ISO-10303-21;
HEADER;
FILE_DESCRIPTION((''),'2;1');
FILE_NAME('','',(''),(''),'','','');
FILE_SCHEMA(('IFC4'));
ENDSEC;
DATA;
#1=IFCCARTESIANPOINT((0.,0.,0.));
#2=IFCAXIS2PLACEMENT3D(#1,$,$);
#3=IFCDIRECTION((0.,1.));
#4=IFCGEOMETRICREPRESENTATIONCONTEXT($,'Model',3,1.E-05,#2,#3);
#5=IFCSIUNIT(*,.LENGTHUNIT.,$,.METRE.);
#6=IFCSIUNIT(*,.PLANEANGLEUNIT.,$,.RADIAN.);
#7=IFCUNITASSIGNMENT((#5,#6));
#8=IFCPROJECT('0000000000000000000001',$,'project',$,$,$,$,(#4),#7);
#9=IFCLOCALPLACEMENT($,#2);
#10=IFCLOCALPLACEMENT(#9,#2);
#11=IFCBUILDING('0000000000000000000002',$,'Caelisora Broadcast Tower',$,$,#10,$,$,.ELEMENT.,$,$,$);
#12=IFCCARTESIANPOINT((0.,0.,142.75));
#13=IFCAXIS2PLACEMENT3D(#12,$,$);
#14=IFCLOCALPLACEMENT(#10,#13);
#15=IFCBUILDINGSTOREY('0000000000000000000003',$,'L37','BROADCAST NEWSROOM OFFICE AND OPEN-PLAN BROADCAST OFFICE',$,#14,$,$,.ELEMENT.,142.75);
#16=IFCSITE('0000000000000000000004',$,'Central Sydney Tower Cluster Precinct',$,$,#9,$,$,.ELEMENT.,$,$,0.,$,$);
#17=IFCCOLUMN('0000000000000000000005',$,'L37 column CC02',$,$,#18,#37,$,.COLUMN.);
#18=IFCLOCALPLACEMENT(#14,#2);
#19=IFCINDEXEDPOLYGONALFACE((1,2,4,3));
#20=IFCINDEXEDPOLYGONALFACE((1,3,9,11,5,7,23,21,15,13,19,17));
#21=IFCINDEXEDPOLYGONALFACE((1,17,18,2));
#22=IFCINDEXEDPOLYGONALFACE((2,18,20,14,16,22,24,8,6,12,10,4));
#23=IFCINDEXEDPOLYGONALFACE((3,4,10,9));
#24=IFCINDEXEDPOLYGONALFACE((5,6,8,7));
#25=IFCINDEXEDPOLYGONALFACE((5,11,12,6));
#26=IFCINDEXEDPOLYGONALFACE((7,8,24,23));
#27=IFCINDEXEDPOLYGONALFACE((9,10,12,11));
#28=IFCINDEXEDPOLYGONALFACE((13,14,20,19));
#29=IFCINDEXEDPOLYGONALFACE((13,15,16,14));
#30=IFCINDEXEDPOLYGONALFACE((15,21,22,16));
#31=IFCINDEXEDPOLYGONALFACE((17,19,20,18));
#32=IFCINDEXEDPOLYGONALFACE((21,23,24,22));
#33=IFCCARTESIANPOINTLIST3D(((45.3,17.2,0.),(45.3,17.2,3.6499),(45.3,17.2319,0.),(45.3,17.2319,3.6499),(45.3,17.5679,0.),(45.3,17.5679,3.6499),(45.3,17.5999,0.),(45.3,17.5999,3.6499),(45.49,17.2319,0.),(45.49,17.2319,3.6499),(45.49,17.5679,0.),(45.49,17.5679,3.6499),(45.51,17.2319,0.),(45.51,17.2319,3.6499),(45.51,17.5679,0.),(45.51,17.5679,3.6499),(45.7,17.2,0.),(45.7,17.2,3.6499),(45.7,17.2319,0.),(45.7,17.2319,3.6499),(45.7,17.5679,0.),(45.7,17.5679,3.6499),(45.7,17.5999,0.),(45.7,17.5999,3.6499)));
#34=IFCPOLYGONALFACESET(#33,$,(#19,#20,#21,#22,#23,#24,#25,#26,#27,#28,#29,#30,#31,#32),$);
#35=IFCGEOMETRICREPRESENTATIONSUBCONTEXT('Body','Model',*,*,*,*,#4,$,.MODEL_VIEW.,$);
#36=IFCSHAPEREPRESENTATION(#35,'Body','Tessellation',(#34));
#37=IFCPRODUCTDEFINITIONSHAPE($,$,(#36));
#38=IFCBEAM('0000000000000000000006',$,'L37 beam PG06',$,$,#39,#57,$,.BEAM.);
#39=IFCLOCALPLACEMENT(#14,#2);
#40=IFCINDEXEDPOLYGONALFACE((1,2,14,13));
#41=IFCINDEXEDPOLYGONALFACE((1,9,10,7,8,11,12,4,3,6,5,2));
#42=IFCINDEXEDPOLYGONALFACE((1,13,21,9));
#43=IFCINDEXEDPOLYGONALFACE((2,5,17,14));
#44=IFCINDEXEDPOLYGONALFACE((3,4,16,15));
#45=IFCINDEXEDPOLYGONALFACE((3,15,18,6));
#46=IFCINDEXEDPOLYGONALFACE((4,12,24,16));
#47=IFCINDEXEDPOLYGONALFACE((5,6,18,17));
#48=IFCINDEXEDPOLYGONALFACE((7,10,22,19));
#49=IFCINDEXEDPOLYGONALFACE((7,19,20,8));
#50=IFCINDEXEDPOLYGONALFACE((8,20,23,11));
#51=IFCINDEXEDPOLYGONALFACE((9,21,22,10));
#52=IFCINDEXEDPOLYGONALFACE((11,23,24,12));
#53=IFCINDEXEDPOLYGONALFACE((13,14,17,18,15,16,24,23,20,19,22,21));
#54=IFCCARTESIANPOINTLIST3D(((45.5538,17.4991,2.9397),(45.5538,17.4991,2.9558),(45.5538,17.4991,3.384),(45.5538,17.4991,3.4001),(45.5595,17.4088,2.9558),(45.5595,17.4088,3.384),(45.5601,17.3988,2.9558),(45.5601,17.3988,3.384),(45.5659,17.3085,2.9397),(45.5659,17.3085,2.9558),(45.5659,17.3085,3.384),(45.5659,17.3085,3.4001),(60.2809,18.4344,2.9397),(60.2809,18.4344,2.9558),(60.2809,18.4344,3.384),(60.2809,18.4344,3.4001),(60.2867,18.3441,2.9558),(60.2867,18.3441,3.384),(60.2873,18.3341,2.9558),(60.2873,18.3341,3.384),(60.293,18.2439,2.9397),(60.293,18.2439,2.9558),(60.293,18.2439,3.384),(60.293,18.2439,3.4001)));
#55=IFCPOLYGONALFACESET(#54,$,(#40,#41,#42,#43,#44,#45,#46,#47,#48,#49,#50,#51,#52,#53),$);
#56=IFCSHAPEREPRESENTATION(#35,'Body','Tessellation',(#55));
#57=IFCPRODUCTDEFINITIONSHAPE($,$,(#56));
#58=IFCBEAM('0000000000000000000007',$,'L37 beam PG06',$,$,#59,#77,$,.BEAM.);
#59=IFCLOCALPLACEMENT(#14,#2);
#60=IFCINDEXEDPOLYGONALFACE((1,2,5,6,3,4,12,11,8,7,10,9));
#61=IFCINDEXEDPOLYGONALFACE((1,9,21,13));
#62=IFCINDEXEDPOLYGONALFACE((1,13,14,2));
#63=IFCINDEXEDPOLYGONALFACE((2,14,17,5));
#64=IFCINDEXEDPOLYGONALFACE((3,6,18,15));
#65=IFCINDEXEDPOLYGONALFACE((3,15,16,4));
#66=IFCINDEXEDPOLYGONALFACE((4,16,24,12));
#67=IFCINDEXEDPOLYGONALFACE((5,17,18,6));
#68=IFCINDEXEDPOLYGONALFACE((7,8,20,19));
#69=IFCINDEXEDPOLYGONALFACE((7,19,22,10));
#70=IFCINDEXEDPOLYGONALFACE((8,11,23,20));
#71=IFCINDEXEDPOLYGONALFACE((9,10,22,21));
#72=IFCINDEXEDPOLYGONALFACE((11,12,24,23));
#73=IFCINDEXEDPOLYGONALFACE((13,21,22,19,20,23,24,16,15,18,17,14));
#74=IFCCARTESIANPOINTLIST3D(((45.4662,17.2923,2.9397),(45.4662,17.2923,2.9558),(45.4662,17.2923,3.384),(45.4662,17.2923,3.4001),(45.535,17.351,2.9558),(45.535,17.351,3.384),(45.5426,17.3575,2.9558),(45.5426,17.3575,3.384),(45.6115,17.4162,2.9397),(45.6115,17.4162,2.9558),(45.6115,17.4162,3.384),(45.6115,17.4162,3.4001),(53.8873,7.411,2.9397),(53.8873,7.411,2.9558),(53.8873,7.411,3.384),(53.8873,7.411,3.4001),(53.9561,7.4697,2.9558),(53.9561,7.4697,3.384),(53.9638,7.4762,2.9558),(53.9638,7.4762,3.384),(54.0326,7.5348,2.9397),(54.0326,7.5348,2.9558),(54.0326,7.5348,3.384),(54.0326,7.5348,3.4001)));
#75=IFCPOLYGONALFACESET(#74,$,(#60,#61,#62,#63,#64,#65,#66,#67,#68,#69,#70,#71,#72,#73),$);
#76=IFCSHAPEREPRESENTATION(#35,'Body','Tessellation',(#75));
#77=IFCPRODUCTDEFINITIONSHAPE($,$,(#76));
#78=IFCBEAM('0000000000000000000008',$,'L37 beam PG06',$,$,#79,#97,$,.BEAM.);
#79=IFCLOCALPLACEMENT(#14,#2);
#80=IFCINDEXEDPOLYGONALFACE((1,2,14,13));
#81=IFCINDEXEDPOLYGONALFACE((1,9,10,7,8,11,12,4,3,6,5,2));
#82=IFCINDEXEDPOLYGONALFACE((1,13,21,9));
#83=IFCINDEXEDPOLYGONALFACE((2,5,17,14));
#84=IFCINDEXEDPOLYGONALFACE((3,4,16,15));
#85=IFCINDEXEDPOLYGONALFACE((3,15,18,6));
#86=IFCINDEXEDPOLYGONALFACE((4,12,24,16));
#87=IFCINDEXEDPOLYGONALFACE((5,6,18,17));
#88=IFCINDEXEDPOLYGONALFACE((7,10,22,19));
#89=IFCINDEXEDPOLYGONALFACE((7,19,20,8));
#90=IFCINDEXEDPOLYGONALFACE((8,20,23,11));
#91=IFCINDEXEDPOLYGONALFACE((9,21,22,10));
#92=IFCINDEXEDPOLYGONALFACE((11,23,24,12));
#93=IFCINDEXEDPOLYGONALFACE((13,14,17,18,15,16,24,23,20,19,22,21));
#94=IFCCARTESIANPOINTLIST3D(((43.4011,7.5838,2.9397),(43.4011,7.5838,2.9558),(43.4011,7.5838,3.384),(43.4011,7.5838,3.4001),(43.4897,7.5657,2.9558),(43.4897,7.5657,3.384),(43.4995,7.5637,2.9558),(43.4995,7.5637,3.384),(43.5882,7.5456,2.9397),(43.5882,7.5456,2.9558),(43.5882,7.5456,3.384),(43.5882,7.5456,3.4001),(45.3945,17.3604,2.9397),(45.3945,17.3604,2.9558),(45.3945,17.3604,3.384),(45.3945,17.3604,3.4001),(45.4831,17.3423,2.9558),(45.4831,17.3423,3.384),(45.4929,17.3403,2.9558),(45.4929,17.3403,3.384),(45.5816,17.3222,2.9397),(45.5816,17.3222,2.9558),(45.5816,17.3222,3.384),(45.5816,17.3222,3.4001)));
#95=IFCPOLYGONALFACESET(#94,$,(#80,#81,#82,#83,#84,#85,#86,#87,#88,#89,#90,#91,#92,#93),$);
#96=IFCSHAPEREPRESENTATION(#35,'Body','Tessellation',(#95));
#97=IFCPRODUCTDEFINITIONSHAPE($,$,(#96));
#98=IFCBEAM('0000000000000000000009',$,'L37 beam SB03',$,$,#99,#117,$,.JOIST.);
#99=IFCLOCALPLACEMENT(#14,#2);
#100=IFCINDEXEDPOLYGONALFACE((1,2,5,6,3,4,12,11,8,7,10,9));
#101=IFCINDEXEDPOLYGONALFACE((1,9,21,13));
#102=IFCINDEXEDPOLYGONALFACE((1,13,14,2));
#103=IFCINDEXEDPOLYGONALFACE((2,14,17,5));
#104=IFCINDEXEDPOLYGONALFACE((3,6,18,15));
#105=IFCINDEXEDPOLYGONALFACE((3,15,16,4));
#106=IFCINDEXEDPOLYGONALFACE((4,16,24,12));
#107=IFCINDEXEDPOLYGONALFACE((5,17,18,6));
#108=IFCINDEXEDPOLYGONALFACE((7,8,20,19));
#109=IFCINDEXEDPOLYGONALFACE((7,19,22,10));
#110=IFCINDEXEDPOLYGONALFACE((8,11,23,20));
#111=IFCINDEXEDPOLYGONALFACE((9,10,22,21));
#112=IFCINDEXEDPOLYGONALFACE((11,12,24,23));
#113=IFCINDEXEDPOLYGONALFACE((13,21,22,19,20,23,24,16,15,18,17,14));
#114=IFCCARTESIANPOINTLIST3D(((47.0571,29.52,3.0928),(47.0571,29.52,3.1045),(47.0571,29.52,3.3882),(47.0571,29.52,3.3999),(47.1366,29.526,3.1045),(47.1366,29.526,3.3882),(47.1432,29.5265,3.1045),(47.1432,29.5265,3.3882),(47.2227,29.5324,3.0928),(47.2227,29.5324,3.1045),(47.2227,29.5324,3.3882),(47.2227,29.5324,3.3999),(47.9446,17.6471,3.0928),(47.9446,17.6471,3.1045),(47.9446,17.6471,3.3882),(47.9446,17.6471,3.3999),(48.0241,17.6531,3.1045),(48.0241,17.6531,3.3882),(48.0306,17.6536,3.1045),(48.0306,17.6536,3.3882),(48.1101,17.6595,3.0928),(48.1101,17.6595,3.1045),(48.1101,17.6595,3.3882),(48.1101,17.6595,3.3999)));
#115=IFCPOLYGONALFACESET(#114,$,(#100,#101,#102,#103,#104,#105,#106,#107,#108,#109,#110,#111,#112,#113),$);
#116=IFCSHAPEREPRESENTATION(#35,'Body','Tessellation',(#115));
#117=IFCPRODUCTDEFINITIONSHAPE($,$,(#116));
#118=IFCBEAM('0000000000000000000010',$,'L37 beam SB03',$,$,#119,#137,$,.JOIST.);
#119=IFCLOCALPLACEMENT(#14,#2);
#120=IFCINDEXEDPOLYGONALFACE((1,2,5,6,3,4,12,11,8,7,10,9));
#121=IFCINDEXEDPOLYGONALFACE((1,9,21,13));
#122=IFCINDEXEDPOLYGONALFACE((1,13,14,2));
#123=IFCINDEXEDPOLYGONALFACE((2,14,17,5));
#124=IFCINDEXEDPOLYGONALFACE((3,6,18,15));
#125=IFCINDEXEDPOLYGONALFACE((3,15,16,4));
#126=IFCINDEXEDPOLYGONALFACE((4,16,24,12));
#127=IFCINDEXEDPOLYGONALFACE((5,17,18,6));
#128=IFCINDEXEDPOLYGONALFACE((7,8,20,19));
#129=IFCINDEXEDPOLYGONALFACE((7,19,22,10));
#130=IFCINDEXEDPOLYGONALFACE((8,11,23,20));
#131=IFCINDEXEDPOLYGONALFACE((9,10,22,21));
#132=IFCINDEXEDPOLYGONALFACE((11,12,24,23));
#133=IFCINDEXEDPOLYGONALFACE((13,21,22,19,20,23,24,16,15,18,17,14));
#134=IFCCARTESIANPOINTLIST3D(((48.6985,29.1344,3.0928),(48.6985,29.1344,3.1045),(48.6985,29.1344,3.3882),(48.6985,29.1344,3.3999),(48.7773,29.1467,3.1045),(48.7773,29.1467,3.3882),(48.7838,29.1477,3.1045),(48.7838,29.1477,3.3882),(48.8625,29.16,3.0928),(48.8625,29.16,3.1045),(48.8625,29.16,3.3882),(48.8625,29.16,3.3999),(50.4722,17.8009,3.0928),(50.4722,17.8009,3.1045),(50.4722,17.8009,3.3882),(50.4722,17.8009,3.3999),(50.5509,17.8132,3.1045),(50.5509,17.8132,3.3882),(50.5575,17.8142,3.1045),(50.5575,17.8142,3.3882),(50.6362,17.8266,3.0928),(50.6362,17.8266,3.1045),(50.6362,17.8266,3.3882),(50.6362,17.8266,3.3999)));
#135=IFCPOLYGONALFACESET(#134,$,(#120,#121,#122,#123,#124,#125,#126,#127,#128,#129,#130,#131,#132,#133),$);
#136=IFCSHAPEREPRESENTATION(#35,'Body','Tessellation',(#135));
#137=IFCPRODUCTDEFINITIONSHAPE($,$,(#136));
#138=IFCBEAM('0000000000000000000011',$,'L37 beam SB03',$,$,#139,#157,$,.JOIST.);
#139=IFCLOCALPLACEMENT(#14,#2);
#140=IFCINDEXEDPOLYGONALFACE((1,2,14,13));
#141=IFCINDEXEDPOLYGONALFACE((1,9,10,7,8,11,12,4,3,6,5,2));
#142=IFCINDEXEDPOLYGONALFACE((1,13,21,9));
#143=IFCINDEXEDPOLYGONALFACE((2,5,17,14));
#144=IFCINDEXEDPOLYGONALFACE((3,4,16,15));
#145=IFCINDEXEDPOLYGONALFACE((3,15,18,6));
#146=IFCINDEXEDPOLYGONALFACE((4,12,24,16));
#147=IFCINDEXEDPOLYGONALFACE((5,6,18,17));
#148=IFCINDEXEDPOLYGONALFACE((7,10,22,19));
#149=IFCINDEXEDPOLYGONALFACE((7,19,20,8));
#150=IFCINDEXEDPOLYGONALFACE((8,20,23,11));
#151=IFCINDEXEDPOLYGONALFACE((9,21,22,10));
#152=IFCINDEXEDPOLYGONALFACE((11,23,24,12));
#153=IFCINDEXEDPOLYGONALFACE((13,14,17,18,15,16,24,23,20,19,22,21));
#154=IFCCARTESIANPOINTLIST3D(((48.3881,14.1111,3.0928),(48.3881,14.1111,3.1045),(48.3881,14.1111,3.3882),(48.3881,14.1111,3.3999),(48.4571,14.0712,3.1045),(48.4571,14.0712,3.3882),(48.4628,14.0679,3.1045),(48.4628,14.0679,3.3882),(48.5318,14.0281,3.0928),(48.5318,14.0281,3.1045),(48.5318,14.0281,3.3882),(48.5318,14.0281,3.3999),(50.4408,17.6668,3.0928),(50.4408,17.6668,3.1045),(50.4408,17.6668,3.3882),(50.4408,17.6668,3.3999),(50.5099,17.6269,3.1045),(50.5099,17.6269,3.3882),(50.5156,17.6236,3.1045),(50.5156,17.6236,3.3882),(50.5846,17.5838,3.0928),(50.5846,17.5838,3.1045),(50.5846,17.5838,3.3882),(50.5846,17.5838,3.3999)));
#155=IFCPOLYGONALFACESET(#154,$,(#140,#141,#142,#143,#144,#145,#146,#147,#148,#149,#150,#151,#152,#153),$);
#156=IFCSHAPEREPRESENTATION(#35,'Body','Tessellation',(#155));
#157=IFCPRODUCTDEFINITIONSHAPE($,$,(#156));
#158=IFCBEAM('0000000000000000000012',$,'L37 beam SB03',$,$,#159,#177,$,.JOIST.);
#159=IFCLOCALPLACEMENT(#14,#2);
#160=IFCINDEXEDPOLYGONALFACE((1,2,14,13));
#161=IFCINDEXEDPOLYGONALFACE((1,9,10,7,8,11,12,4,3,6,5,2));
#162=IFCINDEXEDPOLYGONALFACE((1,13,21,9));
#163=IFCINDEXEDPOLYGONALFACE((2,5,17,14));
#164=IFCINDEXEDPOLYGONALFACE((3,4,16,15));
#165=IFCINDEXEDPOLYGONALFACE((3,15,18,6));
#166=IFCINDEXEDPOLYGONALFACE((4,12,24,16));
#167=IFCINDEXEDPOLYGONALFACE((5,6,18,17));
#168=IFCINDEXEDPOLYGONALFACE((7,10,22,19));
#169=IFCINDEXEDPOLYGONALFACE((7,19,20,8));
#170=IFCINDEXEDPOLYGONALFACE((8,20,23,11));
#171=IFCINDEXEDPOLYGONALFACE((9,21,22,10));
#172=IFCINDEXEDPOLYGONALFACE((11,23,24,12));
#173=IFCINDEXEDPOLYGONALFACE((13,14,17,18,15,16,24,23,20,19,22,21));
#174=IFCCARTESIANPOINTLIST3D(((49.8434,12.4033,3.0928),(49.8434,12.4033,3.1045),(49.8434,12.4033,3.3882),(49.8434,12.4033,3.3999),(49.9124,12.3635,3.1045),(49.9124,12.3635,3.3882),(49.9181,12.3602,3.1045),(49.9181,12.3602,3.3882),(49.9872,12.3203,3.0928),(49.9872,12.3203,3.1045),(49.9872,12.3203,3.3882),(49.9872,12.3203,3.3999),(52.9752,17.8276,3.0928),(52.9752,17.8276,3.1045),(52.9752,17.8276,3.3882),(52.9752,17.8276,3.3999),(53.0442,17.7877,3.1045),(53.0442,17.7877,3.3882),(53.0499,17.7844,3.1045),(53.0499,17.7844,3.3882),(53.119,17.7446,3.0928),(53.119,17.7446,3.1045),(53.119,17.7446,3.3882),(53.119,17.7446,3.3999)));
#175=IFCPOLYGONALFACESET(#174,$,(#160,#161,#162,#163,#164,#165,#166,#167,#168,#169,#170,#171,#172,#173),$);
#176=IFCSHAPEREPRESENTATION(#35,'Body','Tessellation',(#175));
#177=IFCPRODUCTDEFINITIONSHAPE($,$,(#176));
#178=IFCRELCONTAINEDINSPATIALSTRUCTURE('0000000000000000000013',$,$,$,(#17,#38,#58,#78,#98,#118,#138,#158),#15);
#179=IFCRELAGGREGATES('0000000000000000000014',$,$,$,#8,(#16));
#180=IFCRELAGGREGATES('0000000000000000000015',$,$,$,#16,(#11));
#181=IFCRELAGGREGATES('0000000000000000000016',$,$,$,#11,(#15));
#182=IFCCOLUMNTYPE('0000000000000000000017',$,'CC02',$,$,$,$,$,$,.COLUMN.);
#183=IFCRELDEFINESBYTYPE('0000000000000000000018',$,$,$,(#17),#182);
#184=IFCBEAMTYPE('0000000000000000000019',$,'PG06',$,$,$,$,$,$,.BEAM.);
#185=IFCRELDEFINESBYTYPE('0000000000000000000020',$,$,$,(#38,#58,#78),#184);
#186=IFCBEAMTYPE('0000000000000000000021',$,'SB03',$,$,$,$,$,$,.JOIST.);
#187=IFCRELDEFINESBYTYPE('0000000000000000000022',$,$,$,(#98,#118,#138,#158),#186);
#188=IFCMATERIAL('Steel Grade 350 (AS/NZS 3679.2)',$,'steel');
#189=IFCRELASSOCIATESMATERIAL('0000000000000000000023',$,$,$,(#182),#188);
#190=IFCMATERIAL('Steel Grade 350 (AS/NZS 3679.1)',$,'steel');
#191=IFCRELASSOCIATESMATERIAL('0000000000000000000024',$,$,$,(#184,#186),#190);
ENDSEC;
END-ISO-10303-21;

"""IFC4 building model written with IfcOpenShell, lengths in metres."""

from ifc_helpers import new_model, si_unit, direction, frame, origin, origin_2d, place, context, subcontext, project, spatial, i_section, extrude, source, transform, mapped, material, material_profile, profile_set, type_object, type_shapes, element, save


model = new_model("IFC4")

# Units and contexts
model_context = context("Model", 3, precision=1e-05, world=origin(), true_north=direction((0.0, 1.0)))
body_context = subcontext(model_context, "Body", "Model", "MODEL_VIEW")
ifc_project = project(units=[si_unit("LENGTHUNIT", "METRE"), si_unit("PLANEANGLEUNIT", "RADIAN")], contexts=[model_context])

# Site, building, storey
site_placement = place(None, origin())
site = spatial("IfcSite", under=ifc_project, at=site_placement, Name="Central Sydney Tower Cluster Precinct", CompositionType="ELEMENT", RefElevation=0.0)
building_placement = place(site_placement, origin())
building = spatial("IfcBuilding", under=site, at=building_placement, Name="Caelisora Broadcast Tower", CompositionType="ELEMENT")
storey_placement = place(building_placement, frame((0.0, 0.0, 142.75)))
storey = spatial("IfcBuildingStorey", under=building, at=storey_placement, Name="L37", Description="BROADCAST NEWSROOM OFFICE AND OPEN-PLAN BROADCAST OFFICE", CompositionType="ELEMENT", Elevation=142.75)

# Column
ifc_material_1 = material(Name="Steel Grade 350 (AS/NZS 3679.2)", Category="steel")
ifc_material_profile_1 = material_profile(ifc_material_1, i_section(OverallWidth=0.3999, OverallDepth=0.3999, WebThickness=0.02, FlangeThickness=0.032, at=origin_2d()), Name="Steel Grade 350 (AS/NZS 3679.2)")
ifc_profile_set_1 = profile_set([ifc_material_profile_1], Name="Steel Grade 350 (AS/NZS 3679.2)")
column_type = type_object("IfcColumnType", Name="CC02", PredefinedType="COLUMN", material=ifc_profile_set_1)
shared_shape_1 = source(origin(), body_context, "Body", "SweptSolid", [
    extrude(i_section(OverallWidth=0.3999, OverallDepth=0.3999, WebThickness=0.02, FlangeThickness=0.032, at=origin_2d()), origin(), (0.0, 0.0, 1.0), 3.6499),
])
type_shapes(column_type, [shared_shape_1])
column_placement = place(storey_placement, frame((45.5, 17.3999, 0.0), z_axis=(0.0, 0.0, 1.0), x_axis=(1.0, 0.0, 0.0)))
element("IfcColumn", 1, at=column_placement, inside=storey, type_object=column_type, Name="L37 column CC02", PredefinedType="COLUMN", context=body_context, shape_type="MappedRepresentation", body=[
    mapped(shared_shape_1, transform((0.0, 0.0, 0.0), scale=1.0)),
])

# Beams
ifc_material_2 = material(Name="Steel Grade 350 (AS/NZS 3679.1)", Category="steel")
ifc_material_profile_2 = material_profile(ifc_material_2, i_section(OverallWidth=0.1909, OverallDepth=0.4604, WebThickness=0.01, FlangeThickness=0.0161, at=origin_2d()), Name="Steel Grade 350 (AS/NZS 3679.1)")
ifc_profile_set_2 = profile_set([ifc_material_profile_2], Name="Steel Grade 350 (AS/NZS 3679.1)")
beam_type_1 = type_object("IfcBeamType", Name="PG06", PredefinedType="BEAM", material=ifc_profile_set_2)
shared_shape_2 = source(origin(), body_context, "Body", "SweptSolid", [
    extrude(i_section(OverallWidth=0.1909, OverallDepth=0.4604, WebThickness=0.01, FlangeThickness=0.0161, at=origin_2d()), origin(), (0.0, 0.0, 1.0), 14.7568),
])
beam_1_placement = place(storey_placement, frame((45.5598, 17.4038, 3.1699), z_axis=(0.997989, 0.063381, 0.0), x_axis=(-0.063381, 0.997989, 0.0)))
element("IfcBeam", 2, at=beam_1_placement, inside=storey, type_object=beam_type_1, Name="L37 beam PG06", PredefinedType="BEAM", context=body_context, shape_type="MappedRepresentation", body=[
    mapped(shared_shape_2, transform((0.0, 0.0, 0.0), scale=1.0)),
])
shared_shape_3 = source(origin(), body_context, "Body", "SweptSolid", [
    extrude(i_section(OverallWidth=0.1909, OverallDepth=0.4604, WebThickness=0.01, FlangeThickness=0.0161, at=origin_2d()), origin(), (0.0, 0.0, 1.0), 12.9829),
])
beam_2_placement = place(storey_placement, frame((45.5388, 17.3542, 3.1699), z_axis=(0.648632, -0.761103, 0.0), x_axis=(0.761103, 0.648632, 0.0)))
element("IfcBeam", 3, at=beam_2_placement, inside=storey, type_object=beam_type_1, Name="L37 beam PG06", PredefinedType="BEAM", context=body_context, shape_type="MappedRepresentation", body=[
    mapped(shared_shape_3, transform((0.0, 0.0, 0.0), scale=1.0)),
])
shared_shape_4 = source(origin(), body_context, "Body", "SweptSolid", [
    extrude(i_section(OverallWidth=0.1909, OverallDepth=0.4604, WebThickness=0.01, FlangeThickness=0.0161, at=origin_2d()), origin(), (0.0, 0.0, 1.0), 9.9778),
])
type_shapes(beam_type_1, [shared_shape_2, shared_shape_3, shared_shape_4])
beam_3_placement = place(storey_placement, frame((45.488, 17.3413, 3.1699), z_axis=(-0.199785, -0.97984, 0.0), x_axis=(0.97984, -0.199785, 0.0)))
element("IfcBeam", 4, at=beam_3_placement, inside=storey, type_object=beam_type_1, Name="L37 beam PG06", PredefinedType="BEAM", context=body_context, shape_type="MappedRepresentation", body=[
    mapped(shared_shape_4, transform((0.0, 0.0, 0.0), scale=1.0)),
])
ifc_material_profile_3 = material_profile(ifc_material_2, i_section(OverallWidth=0.166, OverallDepth=0.3071, WebThickness=0.0066, FlangeThickness=0.0117, at=origin_2d()), Name="Steel Grade 350 (AS/NZS 3679.1)")
ifc_profile_set_3 = profile_set([ifc_material_profile_3], Name="Steel Grade 350 (AS/NZS 3679.1)")
beam_type_2 = type_object("IfcBeamType", Name="SB03", PredefinedType="JOIST", material=ifc_profile_set_3)
shared_shape_5 = source(origin(), body_context, "Body", "SweptSolid", [
    extrude(i_section(OverallWidth=0.166, OverallDepth=0.3071, WebThickness=0.0066, FlangeThickness=0.0117, at=origin_2d()), origin(), (0.0, 0.0, 1.0), 11.906),
])
beam_4_placement = place(storey_placement, frame((48.0273, 17.6533, 3.2463), z_axis=(-0.074539, 0.997218, 0.0), x_axis=(-0.997218, -0.074539, 0.0)))
element("IfcBeam", 5, at=beam_4_placement, inside=storey, type_object=beam_type_2, Name="L37 beam SB03", PredefinedType="JOIST", context=body_context, shape_type="MappedRepresentation", body=[
    mapped(shared_shape_5, transform((0.0, 0.0, 0.0), scale=1.0)),
])
shared_shape_6 = source(origin(), body_context, "Body", "SweptSolid", [
    extrude(i_section(OverallWidth=0.166, OverallDepth=0.3071, WebThickness=0.0066, FlangeThickness=0.0117, at=origin_2d()), origin(), (0.0, 0.0, 1.0), 11.4714),
])
beam_5_placement = place(storey_placement, frame((50.5542, 17.8137, 3.2463), z_axis=(-0.154617, 0.987974, 0.0), x_axis=(-0.987974, -0.154617, 0.0)))
element("IfcBeam", 6, at=beam_5_placement, inside=storey, type_object=beam_type_2, Name="L37 beam SB03", PredefinedType="JOIST", context=body_context, shape_type="MappedRepresentation", body=[
    mapped(shared_shape_6, transform((0.0, 0.0, 0.0), scale=1.0)),
])
shared_shape_7 = source(origin(), body_context, "Body", "SweptSolid", [
    extrude(i_section(OverallWidth=0.166, OverallDepth=0.3071, WebThickness=0.0066, FlangeThickness=0.0117, at=origin_2d()), origin(), (0.0, 0.0, 1.0), 4.1057),
])
beam_6_placement = place(storey_placement, frame((48.46, 14.0696, 3.2463), z_axis=(0.499976, 0.866039, 0.0), x_axis=(-0.866039, 0.499976, 0.0)))
element("IfcBeam", 7, at=beam_6_placement, inside=storey, type_object=beam_type_2, Name="L37 beam SB03", PredefinedType="JOIST", context=body_context, shape_type="MappedRepresentation", body=[
    mapped(shared_shape_7, transform((0.0, 0.0, 0.0), scale=1.0)),
])
shared_shape_8 = source(origin(), body_context, "Body", "SweptSolid", [
    extrude(i_section(OverallWidth=0.166, OverallDepth=0.3071, WebThickness=0.0066, FlangeThickness=0.0117, at=origin_2d()), origin(), (0.0, 0.0, 1.0), 6.2634),
])
beam_7_placement = place(storey_placement, frame((49.9153, 12.3618, 3.2463), z_axis=(0.500013, 0.866018, 0.0), x_axis=(-0.866018, 0.500013, 0.0)))
element("IfcBeam", 8, at=beam_7_placement, inside=storey, type_object=beam_type_2, Name="L37 beam SB03", PredefinedType="JOIST", context=body_context, shape_type="MappedRepresentation", body=[
    mapped(shared_shape_8, transform((0.0, 0.0, 0.0), scale=1.0)),
])

save(model, "model.ifc")
